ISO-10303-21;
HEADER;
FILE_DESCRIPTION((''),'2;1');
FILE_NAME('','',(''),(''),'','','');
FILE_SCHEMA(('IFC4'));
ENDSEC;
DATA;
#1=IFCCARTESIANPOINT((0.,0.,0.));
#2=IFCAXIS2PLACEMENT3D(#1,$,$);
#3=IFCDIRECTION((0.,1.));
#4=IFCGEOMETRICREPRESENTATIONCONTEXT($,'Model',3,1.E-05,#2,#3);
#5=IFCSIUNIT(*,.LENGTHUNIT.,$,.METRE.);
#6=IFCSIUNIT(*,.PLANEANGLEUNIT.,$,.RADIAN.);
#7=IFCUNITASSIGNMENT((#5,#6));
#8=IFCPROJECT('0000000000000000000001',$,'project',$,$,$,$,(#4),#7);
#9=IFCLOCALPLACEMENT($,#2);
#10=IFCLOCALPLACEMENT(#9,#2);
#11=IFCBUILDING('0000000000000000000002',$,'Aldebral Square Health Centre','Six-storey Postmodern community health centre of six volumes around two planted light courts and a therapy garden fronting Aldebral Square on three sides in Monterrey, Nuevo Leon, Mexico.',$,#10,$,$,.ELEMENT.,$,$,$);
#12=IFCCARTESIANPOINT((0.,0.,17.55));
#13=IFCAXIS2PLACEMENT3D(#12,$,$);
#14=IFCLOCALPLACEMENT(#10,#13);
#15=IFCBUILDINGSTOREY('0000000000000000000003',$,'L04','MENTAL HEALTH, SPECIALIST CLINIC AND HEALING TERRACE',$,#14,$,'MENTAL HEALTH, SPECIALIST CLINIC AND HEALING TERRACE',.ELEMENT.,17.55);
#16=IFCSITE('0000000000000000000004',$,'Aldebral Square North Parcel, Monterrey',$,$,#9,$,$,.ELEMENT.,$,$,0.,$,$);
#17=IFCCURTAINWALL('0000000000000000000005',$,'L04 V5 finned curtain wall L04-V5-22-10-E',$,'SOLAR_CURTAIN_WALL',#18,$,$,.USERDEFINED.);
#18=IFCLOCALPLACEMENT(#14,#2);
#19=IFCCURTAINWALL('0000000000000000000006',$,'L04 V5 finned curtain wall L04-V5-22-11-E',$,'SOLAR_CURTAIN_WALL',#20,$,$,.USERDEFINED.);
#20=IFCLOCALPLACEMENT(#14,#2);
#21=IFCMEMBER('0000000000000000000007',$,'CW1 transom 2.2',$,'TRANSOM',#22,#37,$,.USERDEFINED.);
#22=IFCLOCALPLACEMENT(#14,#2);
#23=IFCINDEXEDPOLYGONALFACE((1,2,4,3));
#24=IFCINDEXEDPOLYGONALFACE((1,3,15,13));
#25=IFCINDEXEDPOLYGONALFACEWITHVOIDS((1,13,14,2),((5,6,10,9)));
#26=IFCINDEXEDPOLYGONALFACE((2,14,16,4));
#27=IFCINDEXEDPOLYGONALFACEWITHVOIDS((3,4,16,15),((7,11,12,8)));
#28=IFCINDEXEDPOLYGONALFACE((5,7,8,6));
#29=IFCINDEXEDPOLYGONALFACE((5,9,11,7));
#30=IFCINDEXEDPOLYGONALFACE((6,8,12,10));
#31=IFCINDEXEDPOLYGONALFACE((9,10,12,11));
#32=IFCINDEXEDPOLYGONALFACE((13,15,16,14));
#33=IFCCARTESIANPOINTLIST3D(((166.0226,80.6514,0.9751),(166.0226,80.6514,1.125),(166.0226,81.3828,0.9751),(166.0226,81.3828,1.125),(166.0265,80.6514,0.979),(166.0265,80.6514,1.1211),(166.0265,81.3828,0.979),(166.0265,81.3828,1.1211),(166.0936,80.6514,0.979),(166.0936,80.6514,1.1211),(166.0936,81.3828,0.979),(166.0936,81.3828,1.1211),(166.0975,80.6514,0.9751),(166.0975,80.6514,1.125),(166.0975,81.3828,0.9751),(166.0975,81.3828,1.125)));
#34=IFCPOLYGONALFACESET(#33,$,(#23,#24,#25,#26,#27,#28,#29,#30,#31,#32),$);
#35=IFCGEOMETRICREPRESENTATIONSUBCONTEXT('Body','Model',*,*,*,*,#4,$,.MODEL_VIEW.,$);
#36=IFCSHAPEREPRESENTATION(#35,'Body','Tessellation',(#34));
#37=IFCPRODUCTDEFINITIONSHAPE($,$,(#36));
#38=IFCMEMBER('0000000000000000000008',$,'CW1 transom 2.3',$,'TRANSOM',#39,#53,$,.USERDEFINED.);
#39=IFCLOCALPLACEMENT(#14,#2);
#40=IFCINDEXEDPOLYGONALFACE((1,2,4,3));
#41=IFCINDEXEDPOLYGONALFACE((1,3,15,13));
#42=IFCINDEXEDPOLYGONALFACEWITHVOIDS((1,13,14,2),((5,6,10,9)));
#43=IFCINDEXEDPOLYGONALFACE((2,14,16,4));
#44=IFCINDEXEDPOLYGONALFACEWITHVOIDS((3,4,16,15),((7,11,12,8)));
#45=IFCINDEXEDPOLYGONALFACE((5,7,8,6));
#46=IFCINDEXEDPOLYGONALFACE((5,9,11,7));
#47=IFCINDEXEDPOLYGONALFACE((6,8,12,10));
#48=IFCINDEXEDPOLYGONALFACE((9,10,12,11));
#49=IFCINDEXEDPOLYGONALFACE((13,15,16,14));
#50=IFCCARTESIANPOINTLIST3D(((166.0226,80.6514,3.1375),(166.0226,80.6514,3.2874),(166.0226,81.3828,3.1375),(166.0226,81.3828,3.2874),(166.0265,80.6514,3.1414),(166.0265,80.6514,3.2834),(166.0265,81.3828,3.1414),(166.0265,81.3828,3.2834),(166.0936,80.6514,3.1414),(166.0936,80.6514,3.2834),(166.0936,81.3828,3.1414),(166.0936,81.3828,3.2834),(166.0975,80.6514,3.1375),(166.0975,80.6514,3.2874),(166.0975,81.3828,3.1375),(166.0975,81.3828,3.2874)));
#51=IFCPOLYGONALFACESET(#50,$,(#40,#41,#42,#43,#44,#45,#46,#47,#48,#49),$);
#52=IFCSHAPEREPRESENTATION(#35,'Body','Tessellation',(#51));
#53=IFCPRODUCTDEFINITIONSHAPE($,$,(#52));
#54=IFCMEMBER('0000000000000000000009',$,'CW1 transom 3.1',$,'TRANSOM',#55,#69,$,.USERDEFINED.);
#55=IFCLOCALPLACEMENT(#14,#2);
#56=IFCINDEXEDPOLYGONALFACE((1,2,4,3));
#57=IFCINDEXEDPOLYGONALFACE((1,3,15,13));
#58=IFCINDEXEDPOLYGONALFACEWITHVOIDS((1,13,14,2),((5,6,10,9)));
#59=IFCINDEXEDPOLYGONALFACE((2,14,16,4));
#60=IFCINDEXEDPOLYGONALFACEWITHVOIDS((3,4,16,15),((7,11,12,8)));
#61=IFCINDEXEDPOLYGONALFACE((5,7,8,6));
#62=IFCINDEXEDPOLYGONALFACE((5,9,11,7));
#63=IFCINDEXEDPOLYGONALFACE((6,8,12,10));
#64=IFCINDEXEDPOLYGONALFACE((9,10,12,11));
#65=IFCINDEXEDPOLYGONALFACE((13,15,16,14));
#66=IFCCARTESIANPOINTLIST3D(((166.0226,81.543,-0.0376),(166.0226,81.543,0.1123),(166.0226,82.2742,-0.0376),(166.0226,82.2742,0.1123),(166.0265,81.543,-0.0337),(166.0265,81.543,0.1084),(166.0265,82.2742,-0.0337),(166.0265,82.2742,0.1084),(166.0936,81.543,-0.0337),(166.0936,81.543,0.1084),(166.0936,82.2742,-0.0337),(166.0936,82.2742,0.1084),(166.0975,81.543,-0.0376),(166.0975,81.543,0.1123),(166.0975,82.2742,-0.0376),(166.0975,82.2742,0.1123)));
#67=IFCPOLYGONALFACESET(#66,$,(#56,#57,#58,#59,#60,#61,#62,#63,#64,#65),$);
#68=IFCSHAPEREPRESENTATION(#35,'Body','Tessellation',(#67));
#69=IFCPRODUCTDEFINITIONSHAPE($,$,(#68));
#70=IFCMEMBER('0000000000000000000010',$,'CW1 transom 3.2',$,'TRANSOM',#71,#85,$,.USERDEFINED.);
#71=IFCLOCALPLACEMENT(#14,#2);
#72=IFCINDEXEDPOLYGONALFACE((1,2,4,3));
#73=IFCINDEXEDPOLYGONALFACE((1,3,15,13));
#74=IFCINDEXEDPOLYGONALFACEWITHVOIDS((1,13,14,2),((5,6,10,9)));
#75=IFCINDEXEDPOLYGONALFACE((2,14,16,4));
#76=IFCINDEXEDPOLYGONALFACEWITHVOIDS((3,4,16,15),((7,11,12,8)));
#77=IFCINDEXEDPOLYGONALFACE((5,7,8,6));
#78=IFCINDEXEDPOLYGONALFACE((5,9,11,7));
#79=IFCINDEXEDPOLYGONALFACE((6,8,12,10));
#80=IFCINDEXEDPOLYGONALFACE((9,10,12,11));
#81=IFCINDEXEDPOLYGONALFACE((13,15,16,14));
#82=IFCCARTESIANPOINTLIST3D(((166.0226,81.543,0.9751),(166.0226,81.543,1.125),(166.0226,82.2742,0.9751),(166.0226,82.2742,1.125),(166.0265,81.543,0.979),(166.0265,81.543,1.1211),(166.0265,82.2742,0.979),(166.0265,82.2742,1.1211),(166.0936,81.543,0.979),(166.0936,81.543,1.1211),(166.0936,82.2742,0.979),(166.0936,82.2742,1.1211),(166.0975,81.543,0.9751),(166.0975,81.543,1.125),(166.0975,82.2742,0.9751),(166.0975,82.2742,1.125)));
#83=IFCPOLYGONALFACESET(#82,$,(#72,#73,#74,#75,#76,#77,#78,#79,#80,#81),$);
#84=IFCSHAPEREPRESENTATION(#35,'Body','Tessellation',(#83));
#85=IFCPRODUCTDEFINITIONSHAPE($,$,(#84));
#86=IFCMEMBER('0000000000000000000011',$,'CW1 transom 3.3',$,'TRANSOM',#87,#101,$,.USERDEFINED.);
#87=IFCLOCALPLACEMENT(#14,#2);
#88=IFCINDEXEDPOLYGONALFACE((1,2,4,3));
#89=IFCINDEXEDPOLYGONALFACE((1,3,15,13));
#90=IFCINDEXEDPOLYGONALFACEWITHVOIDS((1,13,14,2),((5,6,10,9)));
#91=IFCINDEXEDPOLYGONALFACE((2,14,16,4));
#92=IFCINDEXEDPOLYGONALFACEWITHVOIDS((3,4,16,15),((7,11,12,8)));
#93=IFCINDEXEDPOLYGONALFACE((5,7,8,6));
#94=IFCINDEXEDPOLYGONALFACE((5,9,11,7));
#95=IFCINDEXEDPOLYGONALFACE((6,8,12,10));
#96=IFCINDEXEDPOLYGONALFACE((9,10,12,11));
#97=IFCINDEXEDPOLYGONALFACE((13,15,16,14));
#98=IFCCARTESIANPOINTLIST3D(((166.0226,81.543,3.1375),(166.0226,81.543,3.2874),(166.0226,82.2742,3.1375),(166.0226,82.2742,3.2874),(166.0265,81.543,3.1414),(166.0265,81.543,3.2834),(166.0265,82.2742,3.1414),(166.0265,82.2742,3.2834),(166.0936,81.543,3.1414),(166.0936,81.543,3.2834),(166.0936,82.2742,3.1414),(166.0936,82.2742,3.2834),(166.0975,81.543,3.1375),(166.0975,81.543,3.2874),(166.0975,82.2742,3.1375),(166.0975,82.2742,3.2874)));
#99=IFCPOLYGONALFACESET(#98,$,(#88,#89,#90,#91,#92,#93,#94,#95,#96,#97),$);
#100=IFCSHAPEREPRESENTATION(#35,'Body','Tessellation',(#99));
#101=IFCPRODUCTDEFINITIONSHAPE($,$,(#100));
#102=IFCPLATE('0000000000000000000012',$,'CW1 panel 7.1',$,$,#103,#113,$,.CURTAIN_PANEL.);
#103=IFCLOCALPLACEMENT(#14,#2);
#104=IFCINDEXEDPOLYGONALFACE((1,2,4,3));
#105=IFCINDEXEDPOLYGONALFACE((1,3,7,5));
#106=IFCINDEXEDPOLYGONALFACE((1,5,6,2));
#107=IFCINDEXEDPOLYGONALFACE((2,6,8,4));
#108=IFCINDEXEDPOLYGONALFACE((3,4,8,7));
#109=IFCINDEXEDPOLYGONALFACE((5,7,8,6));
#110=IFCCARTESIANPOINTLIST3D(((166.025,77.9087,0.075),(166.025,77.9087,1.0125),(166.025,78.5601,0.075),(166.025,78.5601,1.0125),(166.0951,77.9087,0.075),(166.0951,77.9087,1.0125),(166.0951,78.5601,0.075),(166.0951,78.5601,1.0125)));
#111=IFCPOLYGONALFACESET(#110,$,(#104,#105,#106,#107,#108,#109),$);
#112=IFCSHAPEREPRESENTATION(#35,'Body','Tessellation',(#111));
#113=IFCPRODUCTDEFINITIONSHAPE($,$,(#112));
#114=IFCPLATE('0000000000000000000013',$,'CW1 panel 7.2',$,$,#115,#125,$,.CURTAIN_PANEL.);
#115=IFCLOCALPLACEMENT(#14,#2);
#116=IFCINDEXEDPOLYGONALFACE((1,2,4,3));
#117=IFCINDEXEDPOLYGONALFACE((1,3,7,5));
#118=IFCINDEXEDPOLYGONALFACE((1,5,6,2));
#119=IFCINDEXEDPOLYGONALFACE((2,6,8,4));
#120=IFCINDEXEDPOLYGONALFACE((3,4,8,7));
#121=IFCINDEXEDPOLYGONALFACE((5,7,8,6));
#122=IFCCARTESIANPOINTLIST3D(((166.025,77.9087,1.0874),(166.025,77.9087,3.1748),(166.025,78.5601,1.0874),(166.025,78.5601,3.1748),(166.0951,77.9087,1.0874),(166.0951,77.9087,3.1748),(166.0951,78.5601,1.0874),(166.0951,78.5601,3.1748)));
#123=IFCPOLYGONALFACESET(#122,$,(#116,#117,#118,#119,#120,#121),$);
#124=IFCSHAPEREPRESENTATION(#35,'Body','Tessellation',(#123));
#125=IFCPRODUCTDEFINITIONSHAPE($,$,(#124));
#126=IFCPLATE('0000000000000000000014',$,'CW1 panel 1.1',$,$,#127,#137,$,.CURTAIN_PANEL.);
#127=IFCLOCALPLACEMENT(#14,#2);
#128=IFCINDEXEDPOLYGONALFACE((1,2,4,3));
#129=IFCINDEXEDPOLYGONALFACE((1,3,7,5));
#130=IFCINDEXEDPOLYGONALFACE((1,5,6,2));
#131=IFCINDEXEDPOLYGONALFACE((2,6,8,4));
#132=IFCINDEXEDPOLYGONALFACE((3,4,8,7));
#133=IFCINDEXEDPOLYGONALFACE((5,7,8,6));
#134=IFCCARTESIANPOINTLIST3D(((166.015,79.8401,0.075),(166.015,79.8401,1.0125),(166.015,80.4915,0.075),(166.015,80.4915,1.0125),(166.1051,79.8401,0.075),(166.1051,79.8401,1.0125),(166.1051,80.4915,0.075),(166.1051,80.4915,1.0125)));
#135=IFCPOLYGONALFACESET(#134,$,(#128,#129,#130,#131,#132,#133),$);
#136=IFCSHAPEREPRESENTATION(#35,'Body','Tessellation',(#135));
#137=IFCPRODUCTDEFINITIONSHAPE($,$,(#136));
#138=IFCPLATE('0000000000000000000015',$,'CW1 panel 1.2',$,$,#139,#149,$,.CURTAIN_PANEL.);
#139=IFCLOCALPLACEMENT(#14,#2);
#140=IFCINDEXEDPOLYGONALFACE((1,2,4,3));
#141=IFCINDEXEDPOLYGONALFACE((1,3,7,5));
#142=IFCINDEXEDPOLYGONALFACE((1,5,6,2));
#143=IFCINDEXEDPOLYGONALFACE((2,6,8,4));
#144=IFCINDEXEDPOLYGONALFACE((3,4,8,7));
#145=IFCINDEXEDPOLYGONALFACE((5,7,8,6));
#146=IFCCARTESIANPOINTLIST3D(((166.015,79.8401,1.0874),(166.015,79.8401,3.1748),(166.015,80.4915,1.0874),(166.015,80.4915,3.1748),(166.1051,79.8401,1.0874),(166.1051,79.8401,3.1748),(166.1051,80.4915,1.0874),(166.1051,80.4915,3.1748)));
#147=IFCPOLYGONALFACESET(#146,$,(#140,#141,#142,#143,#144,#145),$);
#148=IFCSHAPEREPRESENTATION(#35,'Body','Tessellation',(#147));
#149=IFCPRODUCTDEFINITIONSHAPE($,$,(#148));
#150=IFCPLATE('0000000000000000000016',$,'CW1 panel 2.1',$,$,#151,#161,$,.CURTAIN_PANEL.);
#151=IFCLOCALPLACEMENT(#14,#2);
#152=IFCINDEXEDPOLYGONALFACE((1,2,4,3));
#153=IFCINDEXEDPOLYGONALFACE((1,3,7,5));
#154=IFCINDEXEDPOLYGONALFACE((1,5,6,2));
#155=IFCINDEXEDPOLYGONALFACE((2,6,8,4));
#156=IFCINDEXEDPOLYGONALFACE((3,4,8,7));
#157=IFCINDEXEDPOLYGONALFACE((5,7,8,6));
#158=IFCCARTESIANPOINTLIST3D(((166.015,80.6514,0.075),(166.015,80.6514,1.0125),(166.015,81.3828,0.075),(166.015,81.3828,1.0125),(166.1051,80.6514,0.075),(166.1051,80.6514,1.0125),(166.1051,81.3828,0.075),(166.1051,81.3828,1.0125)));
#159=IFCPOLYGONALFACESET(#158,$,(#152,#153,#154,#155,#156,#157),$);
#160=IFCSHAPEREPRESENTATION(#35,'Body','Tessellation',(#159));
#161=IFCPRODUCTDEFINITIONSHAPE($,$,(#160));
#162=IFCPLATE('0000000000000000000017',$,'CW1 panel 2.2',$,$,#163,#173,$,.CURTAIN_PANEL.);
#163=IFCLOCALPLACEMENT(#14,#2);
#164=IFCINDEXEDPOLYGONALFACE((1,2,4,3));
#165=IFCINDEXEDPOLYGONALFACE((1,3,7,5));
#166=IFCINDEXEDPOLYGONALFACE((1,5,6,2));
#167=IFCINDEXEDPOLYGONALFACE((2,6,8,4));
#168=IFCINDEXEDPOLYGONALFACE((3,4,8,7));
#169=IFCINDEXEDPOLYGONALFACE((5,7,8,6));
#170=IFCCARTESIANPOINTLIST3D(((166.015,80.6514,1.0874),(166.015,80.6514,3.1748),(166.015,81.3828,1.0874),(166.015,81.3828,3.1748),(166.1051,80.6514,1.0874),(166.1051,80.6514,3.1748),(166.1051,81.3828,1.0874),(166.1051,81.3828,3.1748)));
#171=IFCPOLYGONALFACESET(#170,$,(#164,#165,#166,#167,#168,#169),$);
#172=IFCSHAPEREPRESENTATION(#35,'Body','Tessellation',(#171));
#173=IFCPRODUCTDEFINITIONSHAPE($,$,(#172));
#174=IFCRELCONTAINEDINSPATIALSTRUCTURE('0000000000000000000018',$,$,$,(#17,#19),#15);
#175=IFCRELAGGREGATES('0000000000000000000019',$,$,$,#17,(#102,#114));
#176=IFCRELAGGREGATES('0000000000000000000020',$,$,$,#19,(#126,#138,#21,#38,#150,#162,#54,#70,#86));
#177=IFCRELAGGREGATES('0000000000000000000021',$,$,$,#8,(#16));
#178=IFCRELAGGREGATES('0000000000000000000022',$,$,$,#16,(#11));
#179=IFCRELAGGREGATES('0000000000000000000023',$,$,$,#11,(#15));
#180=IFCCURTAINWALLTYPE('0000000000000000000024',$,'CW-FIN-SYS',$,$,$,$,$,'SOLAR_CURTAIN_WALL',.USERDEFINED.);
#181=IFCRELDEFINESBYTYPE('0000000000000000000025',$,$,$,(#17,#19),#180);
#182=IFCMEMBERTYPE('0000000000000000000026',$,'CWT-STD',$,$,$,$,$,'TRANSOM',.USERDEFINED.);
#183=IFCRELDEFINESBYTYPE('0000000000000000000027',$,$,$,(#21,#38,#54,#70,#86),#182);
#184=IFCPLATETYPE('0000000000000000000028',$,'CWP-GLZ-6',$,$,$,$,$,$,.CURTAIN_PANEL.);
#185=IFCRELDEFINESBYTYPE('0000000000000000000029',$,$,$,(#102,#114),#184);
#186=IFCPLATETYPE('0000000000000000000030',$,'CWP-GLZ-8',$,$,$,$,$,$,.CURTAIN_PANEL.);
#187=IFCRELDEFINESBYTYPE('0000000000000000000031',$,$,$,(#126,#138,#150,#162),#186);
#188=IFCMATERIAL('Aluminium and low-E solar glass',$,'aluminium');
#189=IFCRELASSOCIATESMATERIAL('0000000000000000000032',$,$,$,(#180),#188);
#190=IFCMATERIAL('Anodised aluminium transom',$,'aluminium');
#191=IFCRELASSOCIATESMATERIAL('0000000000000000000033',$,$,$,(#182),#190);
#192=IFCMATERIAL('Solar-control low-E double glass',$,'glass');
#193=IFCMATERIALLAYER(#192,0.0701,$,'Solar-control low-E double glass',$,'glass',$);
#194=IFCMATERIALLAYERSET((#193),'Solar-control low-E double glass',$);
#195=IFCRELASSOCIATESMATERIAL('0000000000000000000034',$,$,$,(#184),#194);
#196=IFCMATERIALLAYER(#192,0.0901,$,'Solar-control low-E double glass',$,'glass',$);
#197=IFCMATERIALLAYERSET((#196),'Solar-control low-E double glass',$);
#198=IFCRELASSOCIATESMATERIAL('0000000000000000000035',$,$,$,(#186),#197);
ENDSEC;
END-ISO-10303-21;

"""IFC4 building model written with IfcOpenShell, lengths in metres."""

from ifc_helpers import new_model, si_unit, direction, frame, origin, origin_2d, place, context, subcontext, project, spatial, rectangle, hollow_rectangle, extrude, material, layer, layer_set, material_profile, profile_set, type_object, element, aggregate, save


model = new_model("IFC4")

# Units and contexts
model_context = context("Model", 3, precision=1e-05, world=origin(), true_north=direction((0.0, 1.0)))
body_context = subcontext(model_context, "Body", "Model", "MODEL_VIEW")
ifc_project = project(units=[si_unit("LENGTHUNIT", "METRE"), si_unit("PLANEANGLEUNIT", "RADIAN")], contexts=[model_context])

# Site, building, storey
site_placement = place(None, origin())
site = spatial("IfcSite", under=ifc_project, at=site_placement, Name="Aldebral Square North Parcel, Monterrey", CompositionType="ELEMENT", RefElevation=0.0)
building_placement = place(site_placement, origin())
building = spatial("IfcBuilding", under=site, at=building_placement, Name="Aldebral Square Health Centre", Description="Six-storey Postmodern community health centre of six volumes around two planted light courts and a therapy garden fronting Aldebral Square on three sides in Monterrey, Nuevo Leon, Mexico.", CompositionType="ELEMENT")
storey_placement = place(building_placement, frame((0.0, 0.0, 17.55)))
storey = spatial("IfcBuildingStorey", under=building, at=storey_placement, Name="L04", Description="MENTAL HEALTH, SPECIALIST CLINIC AND HEALING TERRACE", LongName="MENTAL HEALTH, SPECIALIST CLINIC AND HEALING TERRACE", CompositionType="ELEMENT", Elevation=17.55)

# Curtain wall
ifc_material_1 = material(Name="Aluminium and low-E solar glass", Category="aluminium")
curtain_wall_type = type_object("IfcCurtainWallType", Name="CW-FIN-SYS", ElementType="SOLAR_CURTAIN_WALL", PredefinedType="USERDEFINED", material=ifc_material_1)
curtain_wall_1_placement = place(storey_placement, origin())
curtain_wall_1 = element("IfcCurtainWall", 1, at=curtain_wall_1_placement, inside=storey, type_object=curtain_wall_type, Name="L04 V5 finned curtain wall L04-V5-22-10-E", ObjectType="SOLAR_CURTAIN_WALL", PredefinedType="USERDEFINED")

# Curtain wall
curtain_wall_2_placement = place(storey_placement, origin())
curtain_wall_2 = element("IfcCurtainWall", 2, at=curtain_wall_2_placement, inside=storey, type_object=curtain_wall_type, Name="L04 V5 finned curtain wall L04-V5-22-11-E", ObjectType="SOLAR_CURTAIN_WALL", PredefinedType="USERDEFINED")

# Members
ifc_material_2 = material(Name="Anodised aluminium transom", Category="aluminium")
ifc_material_profile_1 = material_profile(ifc_material_2, hollow_rectangle(XDim=0.075, YDim=0.1499, WallThickness=0.0039, at=origin_2d()), Name="CWT 75x150x4")
ifc_profile_set_1 = profile_set([ifc_material_profile_1], Name="Anodised aluminium transom")
member_type_1 = type_object("IfcMemberType", Name="CWT-STD", ElementType="TRANSOM", PredefinedType="USERDEFINED", material=ifc_profile_set_1)
member_1_placement = place(storey_placement, frame((166.0601, 80.6514, 1.05), z_axis=(0.0, 1.0, 0.0), x_axis=(-1.0, 0.0, 0.0)))
member_1 = element("IfcMember", 3, at=member_1_placement, type_object=member_type_1, Name="CW1 transom 2.2", ObjectType="TRANSOM", PredefinedType="USERDEFINED", context=body_context, shape_type="SweptSolid", body=[
    extrude(hollow_rectangle(XDim=0.075, YDim=0.1499, WallThickness=0.0039, at=origin_2d()), origin(), (0.0, 0.0, 1.0), 0.7314),
])
member_2_placement = place(storey_placement, frame((166.0601, 80.6514, 3.2124), z_axis=(0.0, 1.0, 0.0), x_axis=(-1.0, 0.0, 0.0)))
member_2 = element("IfcMember", 4, at=member_2_placement, type_object=member_type_1, Name="CW1 transom 2.3", ObjectType="TRANSOM", PredefinedType="USERDEFINED", context=body_context, shape_type="SweptSolid", body=[
    extrude(hollow_rectangle(XDim=0.075, YDim=0.1499, WallThickness=0.0039, at=origin_2d()), origin(), (0.0, 0.0, 1.0), 0.7314),
])
member_3_placement = place(storey_placement, frame((166.0601, 81.543, 0.0374), z_axis=(0.0, 1.0, 0.0), x_axis=(-1.0, 0.0, 0.0)))
member_3 = element("IfcMember", 5, at=member_3_placement, type_object=member_type_1, Name="CW1 transom 3.1", ObjectType="TRANSOM", PredefinedType="USERDEFINED", context=body_context, shape_type="SweptSolid", body=[
    extrude(hollow_rectangle(XDim=0.075, YDim=0.1499, WallThickness=0.0039, at=origin_2d()), origin(), (0.0, 0.0, 1.0), 0.7312),
])
member_4_placement = place(storey_placement, frame((166.0601, 81.543, 1.05), z_axis=(0.0, 1.0, 0.0), x_axis=(-1.0, 0.0, 0.0)))
member_4 = element("IfcMember", 6, at=member_4_placement, type_object=member_type_1, Name="CW1 transom 3.2", ObjectType="TRANSOM", PredefinedType="USERDEFINED", context=body_context, shape_type="SweptSolid", body=[
    extrude(hollow_rectangle(XDim=0.075, YDim=0.1499, WallThickness=0.0039, at=origin_2d()), origin(), (0.0, 0.0, 1.0), 0.7312),
])
member_5_placement = place(storey_placement, frame((166.0601, 81.543, 3.2124), z_axis=(0.0, 1.0, 0.0), x_axis=(-1.0, 0.0, 0.0)))
member_5 = element("IfcMember", 7, at=member_5_placement, type_object=member_type_1, Name="CW1 transom 3.3", ObjectType="TRANSOM", PredefinedType="USERDEFINED", context=body_context, shape_type="SweptSolid", body=[
    extrude(hollow_rectangle(XDim=0.075, YDim=0.1499, WallThickness=0.0039, at=origin_2d()), origin(), (0.0, 0.0, 1.0), 0.7312),
])

# Plates
ifc_material_3 = material(Name="Solar-control low-E double glass", Category="glass")
ifc_layer_1 = layer(ifc_material_3, 0.0701, Name="Solar-control low-E double glass", Category="glass")
ifc_layer_set_1 = layer_set([ifc_layer_1], Name="Solar-control low-E double glass")
plate_type_1 = type_object("IfcPlateType", Name="CWP-GLZ-6", PredefinedType="CURTAIN_PANEL", material=ifc_layer_set_1)
plate_1_placement = place(storey_placement, frame((166.0601, 78.2344, 0.075), z_axis=(0.0, 0.0, 1.0), x_axis=(0.0, 1.0, 0.0)))
plate_1 = element("IfcPlate", 8, at=plate_1_placement, type_object=plate_type_1, Name="CW1 panel 7.1", PredefinedType="CURTAIN_PANEL", context=body_context, shape_type="SweptSolid", body=[
    extrude(rectangle(XDim=0.6514, YDim=0.0701, at=origin_2d()), origin(), (0.0, 0.0, 1.0), 0.9375),
])
plate_2_placement = place(storey_placement, frame((166.0601, 78.2344, 1.0874), z_axis=(0.0, 0.0, 1.0), x_axis=(0.0, 1.0, 0.0)))
plate_2 = element("IfcPlate", 9, at=plate_2_placement, type_object=plate_type_1, Name="CW1 panel 7.2", PredefinedType="CURTAIN_PANEL", context=body_context, shape_type="SweptSolid", body=[
    extrude(rectangle(XDim=0.6514, YDim=0.0701, at=origin_2d()), origin(), (0.0, 0.0, 1.0), 2.0874),
])
aggregate(curtain_wall_1, [plate_1, plate_2])
ifc_layer_2 = layer(ifc_material_3, 0.0901, Name="Solar-control low-E double glass", Category="glass")
ifc_layer_set_2 = layer_set([ifc_layer_2], Name="Solar-control low-E double glass")
plate_type_2 = type_object("IfcPlateType", Name="CWP-GLZ-8", PredefinedType="CURTAIN_PANEL", material=ifc_layer_set_2)
plate_3_placement = place(storey_placement, frame((166.0601, 80.1658, 0.075), z_axis=(0.0, 0.0, 1.0), x_axis=(0.0, 1.0, 0.0)))
plate_3 = element("IfcPlate", 10, at=plate_3_placement, type_object=plate_type_2, Name="CW1 panel 1.1", PredefinedType="CURTAIN_PANEL", context=body_context, shape_type="SweptSolid", body=[
    extrude(rectangle(XDim=0.6514, YDim=0.0901, at=origin_2d()), origin(), (0.0, 0.0, 1.0), 0.9375),
])
plate_4_placement = place(storey_placement, frame((166.0601, 80.1658, 1.0874), z_axis=(0.0, 0.0, 1.0), x_axis=(0.0, 1.0, 0.0)))
plate_4 = element("IfcPlate", 11, at=plate_4_placement, type_object=plate_type_2, Name="CW1 panel 1.2", PredefinedType="CURTAIN_PANEL", context=body_context, shape_type="SweptSolid", body=[
    extrude(rectangle(XDim=0.6514, YDim=0.0901, at=origin_2d()), origin(), (0.0, 0.0, 1.0), 2.0874),
])
plate_5_placement = place(storey_placement, frame((166.0601, 81.0171, 0.075), z_axis=(0.0, 0.0, 1.0), x_axis=(0.0, 1.0, 0.0)))
plate_5 = element("IfcPlate", 12, at=plate_5_placement, type_object=plate_type_2, Name="CW1 panel 2.1", PredefinedType="CURTAIN_PANEL", context=body_context, shape_type="SweptSolid", body=[
    extrude(rectangle(XDim=0.7314, YDim=0.0901, at=origin_2d()), origin(), (0.0, 0.0, 1.0), 0.9375),
])
plate_6_placement = place(storey_placement, frame((166.0601, 81.0171, 1.0874), z_axis=(0.0, 0.0, 1.0), x_axis=(0.0, 1.0, 0.0)))
plate_6 = element("IfcPlate", 13, at=plate_6_placement, type_object=plate_type_2, Name="CW1 panel 2.2", PredefinedType="CURTAIN_PANEL", context=body_context, shape_type="SweptSolid", body=[
    extrude(rectangle(XDim=0.7314, YDim=0.0901, at=origin_2d()), origin(), (0.0, 0.0, 1.0), 2.0874),
])
aggregate(curtain_wall_2, [plate_3, plate_4, member_1, member_2, plate_5, plate_6, member_3, member_4, member_5])

save(model, "model.ifc")
